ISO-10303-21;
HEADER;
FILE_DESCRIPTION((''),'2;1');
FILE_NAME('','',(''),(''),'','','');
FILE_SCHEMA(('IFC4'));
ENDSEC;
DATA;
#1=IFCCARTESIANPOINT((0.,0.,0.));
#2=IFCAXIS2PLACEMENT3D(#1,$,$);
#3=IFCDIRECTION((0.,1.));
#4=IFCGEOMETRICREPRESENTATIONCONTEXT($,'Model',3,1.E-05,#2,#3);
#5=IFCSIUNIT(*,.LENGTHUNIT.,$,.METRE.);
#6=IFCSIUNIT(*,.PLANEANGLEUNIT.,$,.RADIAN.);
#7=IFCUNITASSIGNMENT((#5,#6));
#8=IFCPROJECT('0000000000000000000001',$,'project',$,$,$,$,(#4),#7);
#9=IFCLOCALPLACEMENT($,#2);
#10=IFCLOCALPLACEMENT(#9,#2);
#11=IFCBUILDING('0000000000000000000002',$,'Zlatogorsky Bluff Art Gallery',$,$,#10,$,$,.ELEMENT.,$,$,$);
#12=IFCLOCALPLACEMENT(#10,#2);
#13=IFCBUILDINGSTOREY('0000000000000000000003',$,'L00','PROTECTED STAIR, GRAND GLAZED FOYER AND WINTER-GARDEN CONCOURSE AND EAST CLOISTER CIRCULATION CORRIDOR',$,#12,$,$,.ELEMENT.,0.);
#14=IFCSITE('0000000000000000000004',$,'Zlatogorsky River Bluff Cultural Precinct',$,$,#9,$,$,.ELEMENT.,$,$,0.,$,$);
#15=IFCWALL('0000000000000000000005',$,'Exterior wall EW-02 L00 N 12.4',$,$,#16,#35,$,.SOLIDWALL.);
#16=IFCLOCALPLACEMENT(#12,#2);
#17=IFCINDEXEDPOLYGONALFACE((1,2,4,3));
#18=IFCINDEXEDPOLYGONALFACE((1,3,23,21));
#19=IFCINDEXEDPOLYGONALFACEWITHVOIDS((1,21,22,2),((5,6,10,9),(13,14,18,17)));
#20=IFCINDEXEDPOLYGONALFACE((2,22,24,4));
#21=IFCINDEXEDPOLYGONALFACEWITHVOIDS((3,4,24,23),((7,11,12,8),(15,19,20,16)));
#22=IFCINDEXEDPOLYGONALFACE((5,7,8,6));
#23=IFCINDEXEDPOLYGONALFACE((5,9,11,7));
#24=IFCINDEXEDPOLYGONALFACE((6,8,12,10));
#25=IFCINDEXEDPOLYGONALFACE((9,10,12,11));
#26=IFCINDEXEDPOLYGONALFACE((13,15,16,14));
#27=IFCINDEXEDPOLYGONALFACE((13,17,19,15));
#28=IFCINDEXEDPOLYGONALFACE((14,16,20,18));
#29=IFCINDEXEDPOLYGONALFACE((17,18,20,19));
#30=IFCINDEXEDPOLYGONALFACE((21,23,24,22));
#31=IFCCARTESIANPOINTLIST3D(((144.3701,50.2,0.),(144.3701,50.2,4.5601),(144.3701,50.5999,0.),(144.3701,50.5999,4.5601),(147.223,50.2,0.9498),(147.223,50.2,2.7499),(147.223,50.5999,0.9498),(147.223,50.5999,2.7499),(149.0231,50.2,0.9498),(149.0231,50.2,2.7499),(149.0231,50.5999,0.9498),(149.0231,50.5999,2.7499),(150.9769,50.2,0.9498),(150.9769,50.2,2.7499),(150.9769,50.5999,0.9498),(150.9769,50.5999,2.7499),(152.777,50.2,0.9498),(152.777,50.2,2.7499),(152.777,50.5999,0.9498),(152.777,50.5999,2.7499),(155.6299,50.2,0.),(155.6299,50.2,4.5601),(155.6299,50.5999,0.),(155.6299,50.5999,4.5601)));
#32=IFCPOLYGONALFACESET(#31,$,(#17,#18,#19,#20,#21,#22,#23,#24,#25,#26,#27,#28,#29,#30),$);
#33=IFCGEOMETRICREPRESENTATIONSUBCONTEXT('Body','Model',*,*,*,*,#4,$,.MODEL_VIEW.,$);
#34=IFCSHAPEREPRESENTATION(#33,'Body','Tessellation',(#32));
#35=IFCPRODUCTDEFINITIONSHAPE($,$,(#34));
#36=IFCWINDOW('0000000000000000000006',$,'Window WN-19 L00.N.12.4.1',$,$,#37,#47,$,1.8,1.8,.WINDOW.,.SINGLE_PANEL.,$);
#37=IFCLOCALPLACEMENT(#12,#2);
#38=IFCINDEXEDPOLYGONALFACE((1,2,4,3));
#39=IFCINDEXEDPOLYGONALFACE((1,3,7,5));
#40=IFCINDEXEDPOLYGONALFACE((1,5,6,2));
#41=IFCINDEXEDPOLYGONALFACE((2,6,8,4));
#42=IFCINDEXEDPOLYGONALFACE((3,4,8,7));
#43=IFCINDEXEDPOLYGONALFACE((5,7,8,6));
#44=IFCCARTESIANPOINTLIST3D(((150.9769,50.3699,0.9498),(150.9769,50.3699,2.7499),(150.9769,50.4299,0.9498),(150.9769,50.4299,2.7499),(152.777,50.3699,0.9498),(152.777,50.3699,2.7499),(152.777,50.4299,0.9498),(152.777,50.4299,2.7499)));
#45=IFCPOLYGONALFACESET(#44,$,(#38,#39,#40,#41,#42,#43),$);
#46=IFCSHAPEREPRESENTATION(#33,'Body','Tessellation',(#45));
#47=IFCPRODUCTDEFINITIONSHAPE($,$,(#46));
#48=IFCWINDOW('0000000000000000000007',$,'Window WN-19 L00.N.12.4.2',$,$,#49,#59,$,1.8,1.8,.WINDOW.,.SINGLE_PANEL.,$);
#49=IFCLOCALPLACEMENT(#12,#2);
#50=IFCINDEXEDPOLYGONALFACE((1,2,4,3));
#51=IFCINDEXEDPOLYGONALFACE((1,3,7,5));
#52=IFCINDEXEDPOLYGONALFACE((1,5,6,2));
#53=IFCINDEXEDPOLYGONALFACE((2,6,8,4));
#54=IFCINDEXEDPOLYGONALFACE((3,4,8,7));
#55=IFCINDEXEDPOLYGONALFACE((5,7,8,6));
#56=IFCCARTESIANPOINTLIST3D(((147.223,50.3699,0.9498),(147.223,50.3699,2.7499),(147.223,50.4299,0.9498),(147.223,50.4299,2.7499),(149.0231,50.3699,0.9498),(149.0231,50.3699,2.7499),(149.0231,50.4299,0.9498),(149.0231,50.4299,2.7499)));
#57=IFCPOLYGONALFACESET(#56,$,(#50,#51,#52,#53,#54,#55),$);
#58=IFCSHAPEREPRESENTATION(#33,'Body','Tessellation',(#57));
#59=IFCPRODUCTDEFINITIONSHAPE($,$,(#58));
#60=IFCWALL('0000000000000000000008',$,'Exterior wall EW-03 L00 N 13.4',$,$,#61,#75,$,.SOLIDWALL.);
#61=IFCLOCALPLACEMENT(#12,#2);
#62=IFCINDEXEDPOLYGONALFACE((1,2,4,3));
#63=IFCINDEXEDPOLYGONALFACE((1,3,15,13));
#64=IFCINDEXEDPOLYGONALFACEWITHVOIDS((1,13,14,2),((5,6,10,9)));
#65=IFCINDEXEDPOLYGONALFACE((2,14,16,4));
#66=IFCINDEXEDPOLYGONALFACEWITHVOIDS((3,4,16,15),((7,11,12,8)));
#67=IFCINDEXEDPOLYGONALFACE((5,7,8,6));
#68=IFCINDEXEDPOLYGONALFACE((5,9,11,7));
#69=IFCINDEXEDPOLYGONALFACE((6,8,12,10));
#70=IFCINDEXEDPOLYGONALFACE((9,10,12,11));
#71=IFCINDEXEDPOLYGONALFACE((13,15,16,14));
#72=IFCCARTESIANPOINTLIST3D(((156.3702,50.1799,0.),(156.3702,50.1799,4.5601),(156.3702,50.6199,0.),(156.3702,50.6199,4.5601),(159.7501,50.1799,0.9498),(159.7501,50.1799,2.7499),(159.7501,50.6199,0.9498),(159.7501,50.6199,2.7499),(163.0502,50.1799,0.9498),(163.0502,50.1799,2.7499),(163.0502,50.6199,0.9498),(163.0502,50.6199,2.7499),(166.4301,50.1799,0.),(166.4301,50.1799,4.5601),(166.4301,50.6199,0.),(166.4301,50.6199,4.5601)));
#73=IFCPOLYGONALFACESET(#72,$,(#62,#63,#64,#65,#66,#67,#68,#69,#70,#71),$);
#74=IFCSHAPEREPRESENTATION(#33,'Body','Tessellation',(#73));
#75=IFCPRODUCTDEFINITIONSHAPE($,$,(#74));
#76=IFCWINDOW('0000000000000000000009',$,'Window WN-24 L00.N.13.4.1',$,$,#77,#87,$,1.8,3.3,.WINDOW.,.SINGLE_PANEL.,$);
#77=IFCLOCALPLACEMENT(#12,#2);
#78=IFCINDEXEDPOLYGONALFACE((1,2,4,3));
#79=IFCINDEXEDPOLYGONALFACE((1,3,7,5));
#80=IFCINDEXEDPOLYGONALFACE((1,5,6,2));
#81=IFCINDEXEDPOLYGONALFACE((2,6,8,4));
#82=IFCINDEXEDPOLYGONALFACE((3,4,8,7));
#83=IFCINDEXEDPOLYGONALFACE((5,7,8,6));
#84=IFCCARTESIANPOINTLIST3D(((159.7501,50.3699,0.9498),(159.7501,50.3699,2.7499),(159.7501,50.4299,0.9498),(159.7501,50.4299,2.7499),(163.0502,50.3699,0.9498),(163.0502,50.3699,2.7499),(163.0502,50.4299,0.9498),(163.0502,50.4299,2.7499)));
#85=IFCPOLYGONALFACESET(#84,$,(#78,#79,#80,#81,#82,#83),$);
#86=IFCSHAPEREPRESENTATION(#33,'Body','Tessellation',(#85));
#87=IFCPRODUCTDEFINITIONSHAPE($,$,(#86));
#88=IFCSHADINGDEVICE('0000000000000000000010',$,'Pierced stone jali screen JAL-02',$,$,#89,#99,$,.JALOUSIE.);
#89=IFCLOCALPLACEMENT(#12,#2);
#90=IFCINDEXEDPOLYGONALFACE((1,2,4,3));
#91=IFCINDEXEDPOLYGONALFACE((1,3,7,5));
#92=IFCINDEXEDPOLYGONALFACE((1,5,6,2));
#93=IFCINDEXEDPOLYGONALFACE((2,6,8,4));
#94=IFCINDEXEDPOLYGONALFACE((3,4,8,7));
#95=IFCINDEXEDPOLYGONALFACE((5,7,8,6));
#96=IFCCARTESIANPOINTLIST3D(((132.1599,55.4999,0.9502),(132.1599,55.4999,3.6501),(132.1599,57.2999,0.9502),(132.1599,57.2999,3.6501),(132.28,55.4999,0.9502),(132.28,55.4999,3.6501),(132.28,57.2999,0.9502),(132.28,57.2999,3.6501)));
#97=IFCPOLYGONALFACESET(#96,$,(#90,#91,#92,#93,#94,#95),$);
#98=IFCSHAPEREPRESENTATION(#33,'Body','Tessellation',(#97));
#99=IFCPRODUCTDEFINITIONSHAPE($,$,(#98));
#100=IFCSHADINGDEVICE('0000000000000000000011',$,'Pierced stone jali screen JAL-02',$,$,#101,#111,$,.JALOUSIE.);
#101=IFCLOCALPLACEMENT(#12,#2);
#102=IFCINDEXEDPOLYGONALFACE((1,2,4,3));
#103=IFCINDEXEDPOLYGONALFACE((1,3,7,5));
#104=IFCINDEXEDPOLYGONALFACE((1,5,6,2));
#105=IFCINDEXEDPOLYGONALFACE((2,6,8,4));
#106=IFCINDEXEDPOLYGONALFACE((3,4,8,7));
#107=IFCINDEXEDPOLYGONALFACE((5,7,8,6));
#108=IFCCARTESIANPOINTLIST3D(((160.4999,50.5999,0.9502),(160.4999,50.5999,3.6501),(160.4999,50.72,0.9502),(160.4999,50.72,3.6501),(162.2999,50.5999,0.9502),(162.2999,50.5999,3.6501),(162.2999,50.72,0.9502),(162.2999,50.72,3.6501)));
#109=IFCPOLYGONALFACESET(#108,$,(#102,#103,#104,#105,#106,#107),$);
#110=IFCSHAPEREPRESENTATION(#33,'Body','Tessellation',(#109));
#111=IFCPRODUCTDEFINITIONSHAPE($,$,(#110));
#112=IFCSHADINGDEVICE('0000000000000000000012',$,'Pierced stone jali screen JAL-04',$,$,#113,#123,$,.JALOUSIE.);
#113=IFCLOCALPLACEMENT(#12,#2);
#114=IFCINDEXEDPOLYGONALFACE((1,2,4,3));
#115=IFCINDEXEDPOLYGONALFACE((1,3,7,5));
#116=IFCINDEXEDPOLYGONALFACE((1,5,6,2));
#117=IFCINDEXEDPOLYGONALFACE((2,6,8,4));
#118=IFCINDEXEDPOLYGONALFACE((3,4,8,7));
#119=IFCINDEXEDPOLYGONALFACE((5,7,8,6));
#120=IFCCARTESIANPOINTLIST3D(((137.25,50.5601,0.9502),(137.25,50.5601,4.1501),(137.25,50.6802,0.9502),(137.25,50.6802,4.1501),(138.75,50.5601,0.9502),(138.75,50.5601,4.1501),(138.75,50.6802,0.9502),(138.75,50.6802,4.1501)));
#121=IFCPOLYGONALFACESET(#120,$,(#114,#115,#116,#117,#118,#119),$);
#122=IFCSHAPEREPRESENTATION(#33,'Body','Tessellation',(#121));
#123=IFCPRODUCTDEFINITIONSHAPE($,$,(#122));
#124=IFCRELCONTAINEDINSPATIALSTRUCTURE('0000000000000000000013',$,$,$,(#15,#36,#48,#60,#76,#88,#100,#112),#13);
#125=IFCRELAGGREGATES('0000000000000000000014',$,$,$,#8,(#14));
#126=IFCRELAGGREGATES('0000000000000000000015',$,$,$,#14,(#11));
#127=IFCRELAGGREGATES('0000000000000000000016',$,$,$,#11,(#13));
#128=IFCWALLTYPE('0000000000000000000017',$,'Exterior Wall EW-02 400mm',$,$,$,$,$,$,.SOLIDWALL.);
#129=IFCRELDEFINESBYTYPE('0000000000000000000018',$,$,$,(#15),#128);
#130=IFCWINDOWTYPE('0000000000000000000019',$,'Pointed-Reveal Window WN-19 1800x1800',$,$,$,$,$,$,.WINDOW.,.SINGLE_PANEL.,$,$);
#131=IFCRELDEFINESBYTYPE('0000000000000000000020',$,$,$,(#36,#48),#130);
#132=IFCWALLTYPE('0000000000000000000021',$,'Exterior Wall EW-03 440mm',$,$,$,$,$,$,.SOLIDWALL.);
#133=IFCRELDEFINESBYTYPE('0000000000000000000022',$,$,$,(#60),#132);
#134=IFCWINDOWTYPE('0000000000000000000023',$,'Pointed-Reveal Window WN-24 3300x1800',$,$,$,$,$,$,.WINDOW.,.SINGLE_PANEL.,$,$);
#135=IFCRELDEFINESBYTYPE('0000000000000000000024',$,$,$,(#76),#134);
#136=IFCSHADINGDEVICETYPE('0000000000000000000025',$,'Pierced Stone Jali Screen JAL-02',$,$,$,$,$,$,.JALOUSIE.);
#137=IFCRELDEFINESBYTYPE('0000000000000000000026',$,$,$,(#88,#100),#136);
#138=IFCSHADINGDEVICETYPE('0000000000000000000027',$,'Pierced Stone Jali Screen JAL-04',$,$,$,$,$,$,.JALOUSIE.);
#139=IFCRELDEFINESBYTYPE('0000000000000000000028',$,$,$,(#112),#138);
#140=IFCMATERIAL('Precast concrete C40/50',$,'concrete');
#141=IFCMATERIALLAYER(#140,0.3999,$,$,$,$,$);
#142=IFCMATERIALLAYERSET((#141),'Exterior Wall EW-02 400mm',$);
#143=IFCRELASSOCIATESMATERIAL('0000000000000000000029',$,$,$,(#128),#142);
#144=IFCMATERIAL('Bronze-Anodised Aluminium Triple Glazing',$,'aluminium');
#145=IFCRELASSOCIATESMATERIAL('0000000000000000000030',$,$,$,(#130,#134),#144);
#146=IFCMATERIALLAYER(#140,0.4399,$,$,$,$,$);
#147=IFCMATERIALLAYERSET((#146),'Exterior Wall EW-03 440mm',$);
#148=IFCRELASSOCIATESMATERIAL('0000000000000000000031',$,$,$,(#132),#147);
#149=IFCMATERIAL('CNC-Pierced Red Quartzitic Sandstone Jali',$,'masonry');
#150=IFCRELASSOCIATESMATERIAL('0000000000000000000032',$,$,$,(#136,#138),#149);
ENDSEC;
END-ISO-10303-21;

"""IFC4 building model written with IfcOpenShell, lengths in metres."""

from ifc_helpers import new_model, si_unit, direction, frame, frame_2d, origin, origin_2d, place, context, subcontext, project, spatial, rectangle, extrude, material, layer, layer_set, type_object, element, fill, save


model = new_model("IFC4")

# Units and contexts
model_context = context("Model", 3, precision=1e-05, world=origin(), true_north=direction((0.0, 1.0)))
body_context = subcontext(model_context, "Body", "Model", "MODEL_VIEW")
ifc_project = project(units=[si_unit("LENGTHUNIT", "METRE"), si_unit("PLANEANGLEUNIT", "RADIAN")], contexts=[model_context])

# Site, building, storey
site_placement = place(None, origin())
site = spatial("IfcSite", under=ifc_project, at=site_placement, Name="Zlatogorsky River Bluff Cultural Precinct", CompositionType="ELEMENT", RefElevation=0.0)
building_placement = place(site_placement, origin())
building = spatial("IfcBuilding", under=site, at=building_placement, Name="Zlatogorsky Bluff Art Gallery", CompositionType="ELEMENT")
storey_placement = place(building_placement, origin())
storey = spatial("IfcBuildingStorey", under=building, at=storey_placement, Name="L00", Description="PROTECTED STAIR, GRAND GLAZED FOYER AND WINTER-GARDEN CONCOURSE AND EAST CLOISTER CIRCULATION CORRIDOR", CompositionType="ELEMENT", Elevation=0.0)

# Wall, openings, windows
ifc_material_1 = material(Name="Precast concrete C40/50", Category="concrete")
ifc_layer_1 = layer(ifc_material_1, 0.3999)
ifc_layer_set_1 = layer_set([ifc_layer_1], Name="Exterior Wall EW-02 400mm")
wall_type_1 = type_object("IfcWallType", Name="Exterior Wall EW-02 400mm", PredefinedType="SOLIDWALL", material=ifc_layer_set_1)
wall_1_placement = place(storey_placement, frame((155.6299, 50.3999, 0.0), z_axis=(0.0, 0.0, 1.0), x_axis=(-1.0, 0.0, 0.0)))
wall_1 = element("IfcWall", 1, at=wall_1_placement, inside=storey, type_object=wall_type_1, Name="Exterior wall EW-02 L00 N 12.4", PredefinedType="SOLIDWALL", context=body_context, shape_type="SweptSolid", body=[
    extrude(rectangle(XDim=11.2598, YDim=0.3999, at=frame_2d((5.6299, 0.0))), origin(), (0.0, 0.0, 1.0), 4.5601),
])
opening_1_placement = place(wall_1_placement, frame((2.853, 0.0, 0.95)))
opening_1 = element("IfcOpeningElement", 2, at=opening_1_placement, cuts=wall_1, PredefinedType="OPENING", context=body_context, shape_type="SweptSolid", body=[
    extrude(rectangle(XDim=1.8, YDim=1.8, at=frame_2d((0.8999, 0.8999))), frame((0.0, 0.21, 0.0), z_axis=(0.0, -1.0, 0.0), x_axis=(1.0, 0.0, 0.0)), (0.0, 0.0, 1.0), 0.4199),
])
opening_2_placement = place(wall_1_placement, frame((6.6069, 0.0, 0.95)))
opening_2 = element("IfcOpeningElement", 3, at=opening_2_placement, cuts=wall_1, PredefinedType="OPENING", context=body_context, shape_type="SweptSolid", body=[
    extrude(rectangle(XDim=1.8, YDim=1.8, at=frame_2d((0.8999, 0.8999))), frame((0.0, 0.21, 0.0), z_axis=(0.0, -1.0, 0.0), x_axis=(1.0, 0.0, 0.0)), (0.0, 0.0, 1.0), 0.4199),
])
ifc_material_2 = material(Name="Bronze-Anodised Aluminium Triple Glazing", Category="aluminium")
window_type_1 = type_object("IfcWindowType", Name="Pointed-Reveal Window WN-19 1800x1800", PartitioningType="SINGLE_PANEL", PredefinedType="WINDOW", material=ifc_material_2)
window_1_placement = place(opening_1_placement, origin())
window_1 = element("IfcWindow", 4, at=window_1_placement, inside=storey, type_object=window_type_1, Name="Window WN-19 L00.N.12.4.1", OverallHeight=1.8, OverallWidth=1.8, PartitioningType="SINGLE_PANEL", PredefinedType="WINDOW", context=body_context, shape_type="SweptSolid", body=[
    extrude(rectangle(XDim=1.8, YDim=1.8, at=frame_2d((0.8999, 0.8999))), frame((0.0, 0.03, 0.0), z_axis=(0.0, -1.0, 0.0), x_axis=(1.0, 0.0, 0.0)), (0.0, 0.0, 1.0), 0.0601),
])
fill(opening_1, window_1)
window_2_placement = place(opening_2_placement, origin())
window_2 = element("IfcWindow", 5, at=window_2_placement, inside=storey, type_object=window_type_1, Name="Window WN-19 L00.N.12.4.2", OverallHeight=1.8, OverallWidth=1.8, PartitioningType="SINGLE_PANEL", PredefinedType="WINDOW", context=body_context, shape_type="SweptSolid", body=[
    extrude(rectangle(XDim=1.8, YDim=1.8, at=frame_2d((0.8999, 0.8999))), frame((0.0, 0.03, 0.0), z_axis=(0.0, -1.0, 0.0), x_axis=(1.0, 0.0, 0.0)), (0.0, 0.0, 1.0), 0.0601),
])
fill(opening_2, window_2)

# Wall, opening, window
ifc_layer_2 = layer(ifc_material_1, 0.4399)
ifc_layer_set_2 = layer_set([ifc_layer_2], Name="Exterior Wall EW-03 440mm")
wall_type_2 = type_object("IfcWallType", Name="Exterior Wall EW-03 440mm", PredefinedType="SOLIDWALL", material=ifc_layer_set_2)
wall_2_placement = place(storey_placement, frame((166.4299, 50.3999, 0.0), z_axis=(0.0, 0.0, 1.0), x_axis=(-1.0, 0.0, 0.0)))
wall_2 = element("IfcWall", 6, at=wall_2_placement, inside=storey, type_object=wall_type_2, Name="Exterior wall EW-03 L00 N 13.4", PredefinedType="SOLIDWALL", context=body_context, shape_type="SweptSolid", body=[
    extrude(rectangle(XDim=10.0598, YDim=0.4399, at=frame_2d((5.0298, 0.0))), origin(), (0.0, 0.0, 1.0), 4.5601),
])
opening_3_placement = place(wall_2_placement, frame((3.3799, 0.0, 0.95)))
opening_3 = element("IfcOpeningElement", 7, at=opening_3_placement, cuts=wall_2, PredefinedType="OPENING", context=body_context, shape_type="SweptSolid", body=[
    extrude(rectangle(XDim=3.3, YDim=1.8, at=frame_2d((1.6499, 0.8999))), frame((0.0, 0.23, 0.0), z_axis=(0.0, -1.0, 0.0), x_axis=(1.0, 0.0, 0.0)), (0.0, 0.0, 1.0), 0.46),
])
window_type_2 = type_object("IfcWindowType", Name="Pointed-Reveal Window WN-24 3300x1800", PartitioningType="SINGLE_PANEL", PredefinedType="WINDOW", material=ifc_material_2)
window_3_placement = place(opening_3_placement, origin())
window_3 = element("IfcWindow", 8, at=window_3_placement, inside=storey, type_object=window_type_2, Name="Window WN-24 L00.N.13.4.1", OverallHeight=1.8, OverallWidth=3.3, PartitioningType="SINGLE_PANEL", PredefinedType="WINDOW", context=body_context, shape_type="SweptSolid", body=[
    extrude(rectangle(XDim=3.3, YDim=1.8, at=frame_2d((1.6499, 0.8999))), frame((0.0, 0.03, 0.0), z_axis=(0.0, -1.0, 0.0), x_axis=(1.0, 0.0, 0.0)), (0.0, 0.0, 1.0), 0.0601),
])
fill(opening_3, window_3)

# Shading devices
ifc_material_3 = material(Name="CNC-Pierced Red Quartzitic Sandstone Jali", Category="masonry")
shading_device_type_1 = type_object("IfcShadingDeviceType", Name="Pierced Stone Jali Screen JAL-02", PredefinedType="JALOUSIE", material=ifc_material_3)
shading_device_1_placement = place(storey_placement, frame((132.22, 56.3999, 0.9502), z_axis=(0.0, 0.0, 1.0), x_axis=(1.0, 0.0, 0.0)))
element("IfcShadingDevice", 9, at=shading_device_1_placement, inside=storey, type_object=shading_device_type_1, Name="Pierced stone jali screen JAL-02", PredefinedType="JALOUSIE", context=body_context, shape_type="SweptSolid", body=[
    extrude(rectangle(XDim=0.1201, YDim=1.8, at=origin_2d()), origin(), (0.0, 0.0, 1.0), 2.7),
])
shading_device_2_placement = place(storey_placement, frame((161.3999, 50.6599, 0.9502), z_axis=(0.0, 0.0, 1.0), x_axis=(1.0, 0.0, 0.0)))
element("IfcShadingDevice", 10, at=shading_device_2_placement, inside=storey, type_object=shading_device_type_1, Name="Pierced stone jali screen JAL-02", PredefinedType="JALOUSIE", context=body_context, shape_type="SweptSolid", body=[
    extrude(rectangle(XDim=1.8, YDim=0.1201, at=origin_2d()), origin(), (0.0, 0.0, 1.0), 2.7),
])
shading_device_type_2 = type_object("IfcShadingDeviceType", Name="Pierced Stone Jali Screen JAL-04", PredefinedType="JALOUSIE", material=ifc_material_3)
shading_device_3_placement = place(storey_placement, frame((138.0, 50.6201, 0.9502), z_axis=(0.0, 0.0, 1.0), x_axis=(1.0, 0.0, 0.0)))
element("IfcShadingDevice", 11, at=shading_device_3_placement, inside=storey, type_object=shading_device_type_2, Name="Pierced stone jali screen JAL-04", PredefinedType="JALOUSIE", context=body_context, shape_type="SweptSolid", body=[
    extrude(rectangle(XDim=1.5, YDim=0.1201, at=origin_2d()), origin(), (0.0, 0.0, 1.0), 3.2),
])

save(model, "model.ifc")
